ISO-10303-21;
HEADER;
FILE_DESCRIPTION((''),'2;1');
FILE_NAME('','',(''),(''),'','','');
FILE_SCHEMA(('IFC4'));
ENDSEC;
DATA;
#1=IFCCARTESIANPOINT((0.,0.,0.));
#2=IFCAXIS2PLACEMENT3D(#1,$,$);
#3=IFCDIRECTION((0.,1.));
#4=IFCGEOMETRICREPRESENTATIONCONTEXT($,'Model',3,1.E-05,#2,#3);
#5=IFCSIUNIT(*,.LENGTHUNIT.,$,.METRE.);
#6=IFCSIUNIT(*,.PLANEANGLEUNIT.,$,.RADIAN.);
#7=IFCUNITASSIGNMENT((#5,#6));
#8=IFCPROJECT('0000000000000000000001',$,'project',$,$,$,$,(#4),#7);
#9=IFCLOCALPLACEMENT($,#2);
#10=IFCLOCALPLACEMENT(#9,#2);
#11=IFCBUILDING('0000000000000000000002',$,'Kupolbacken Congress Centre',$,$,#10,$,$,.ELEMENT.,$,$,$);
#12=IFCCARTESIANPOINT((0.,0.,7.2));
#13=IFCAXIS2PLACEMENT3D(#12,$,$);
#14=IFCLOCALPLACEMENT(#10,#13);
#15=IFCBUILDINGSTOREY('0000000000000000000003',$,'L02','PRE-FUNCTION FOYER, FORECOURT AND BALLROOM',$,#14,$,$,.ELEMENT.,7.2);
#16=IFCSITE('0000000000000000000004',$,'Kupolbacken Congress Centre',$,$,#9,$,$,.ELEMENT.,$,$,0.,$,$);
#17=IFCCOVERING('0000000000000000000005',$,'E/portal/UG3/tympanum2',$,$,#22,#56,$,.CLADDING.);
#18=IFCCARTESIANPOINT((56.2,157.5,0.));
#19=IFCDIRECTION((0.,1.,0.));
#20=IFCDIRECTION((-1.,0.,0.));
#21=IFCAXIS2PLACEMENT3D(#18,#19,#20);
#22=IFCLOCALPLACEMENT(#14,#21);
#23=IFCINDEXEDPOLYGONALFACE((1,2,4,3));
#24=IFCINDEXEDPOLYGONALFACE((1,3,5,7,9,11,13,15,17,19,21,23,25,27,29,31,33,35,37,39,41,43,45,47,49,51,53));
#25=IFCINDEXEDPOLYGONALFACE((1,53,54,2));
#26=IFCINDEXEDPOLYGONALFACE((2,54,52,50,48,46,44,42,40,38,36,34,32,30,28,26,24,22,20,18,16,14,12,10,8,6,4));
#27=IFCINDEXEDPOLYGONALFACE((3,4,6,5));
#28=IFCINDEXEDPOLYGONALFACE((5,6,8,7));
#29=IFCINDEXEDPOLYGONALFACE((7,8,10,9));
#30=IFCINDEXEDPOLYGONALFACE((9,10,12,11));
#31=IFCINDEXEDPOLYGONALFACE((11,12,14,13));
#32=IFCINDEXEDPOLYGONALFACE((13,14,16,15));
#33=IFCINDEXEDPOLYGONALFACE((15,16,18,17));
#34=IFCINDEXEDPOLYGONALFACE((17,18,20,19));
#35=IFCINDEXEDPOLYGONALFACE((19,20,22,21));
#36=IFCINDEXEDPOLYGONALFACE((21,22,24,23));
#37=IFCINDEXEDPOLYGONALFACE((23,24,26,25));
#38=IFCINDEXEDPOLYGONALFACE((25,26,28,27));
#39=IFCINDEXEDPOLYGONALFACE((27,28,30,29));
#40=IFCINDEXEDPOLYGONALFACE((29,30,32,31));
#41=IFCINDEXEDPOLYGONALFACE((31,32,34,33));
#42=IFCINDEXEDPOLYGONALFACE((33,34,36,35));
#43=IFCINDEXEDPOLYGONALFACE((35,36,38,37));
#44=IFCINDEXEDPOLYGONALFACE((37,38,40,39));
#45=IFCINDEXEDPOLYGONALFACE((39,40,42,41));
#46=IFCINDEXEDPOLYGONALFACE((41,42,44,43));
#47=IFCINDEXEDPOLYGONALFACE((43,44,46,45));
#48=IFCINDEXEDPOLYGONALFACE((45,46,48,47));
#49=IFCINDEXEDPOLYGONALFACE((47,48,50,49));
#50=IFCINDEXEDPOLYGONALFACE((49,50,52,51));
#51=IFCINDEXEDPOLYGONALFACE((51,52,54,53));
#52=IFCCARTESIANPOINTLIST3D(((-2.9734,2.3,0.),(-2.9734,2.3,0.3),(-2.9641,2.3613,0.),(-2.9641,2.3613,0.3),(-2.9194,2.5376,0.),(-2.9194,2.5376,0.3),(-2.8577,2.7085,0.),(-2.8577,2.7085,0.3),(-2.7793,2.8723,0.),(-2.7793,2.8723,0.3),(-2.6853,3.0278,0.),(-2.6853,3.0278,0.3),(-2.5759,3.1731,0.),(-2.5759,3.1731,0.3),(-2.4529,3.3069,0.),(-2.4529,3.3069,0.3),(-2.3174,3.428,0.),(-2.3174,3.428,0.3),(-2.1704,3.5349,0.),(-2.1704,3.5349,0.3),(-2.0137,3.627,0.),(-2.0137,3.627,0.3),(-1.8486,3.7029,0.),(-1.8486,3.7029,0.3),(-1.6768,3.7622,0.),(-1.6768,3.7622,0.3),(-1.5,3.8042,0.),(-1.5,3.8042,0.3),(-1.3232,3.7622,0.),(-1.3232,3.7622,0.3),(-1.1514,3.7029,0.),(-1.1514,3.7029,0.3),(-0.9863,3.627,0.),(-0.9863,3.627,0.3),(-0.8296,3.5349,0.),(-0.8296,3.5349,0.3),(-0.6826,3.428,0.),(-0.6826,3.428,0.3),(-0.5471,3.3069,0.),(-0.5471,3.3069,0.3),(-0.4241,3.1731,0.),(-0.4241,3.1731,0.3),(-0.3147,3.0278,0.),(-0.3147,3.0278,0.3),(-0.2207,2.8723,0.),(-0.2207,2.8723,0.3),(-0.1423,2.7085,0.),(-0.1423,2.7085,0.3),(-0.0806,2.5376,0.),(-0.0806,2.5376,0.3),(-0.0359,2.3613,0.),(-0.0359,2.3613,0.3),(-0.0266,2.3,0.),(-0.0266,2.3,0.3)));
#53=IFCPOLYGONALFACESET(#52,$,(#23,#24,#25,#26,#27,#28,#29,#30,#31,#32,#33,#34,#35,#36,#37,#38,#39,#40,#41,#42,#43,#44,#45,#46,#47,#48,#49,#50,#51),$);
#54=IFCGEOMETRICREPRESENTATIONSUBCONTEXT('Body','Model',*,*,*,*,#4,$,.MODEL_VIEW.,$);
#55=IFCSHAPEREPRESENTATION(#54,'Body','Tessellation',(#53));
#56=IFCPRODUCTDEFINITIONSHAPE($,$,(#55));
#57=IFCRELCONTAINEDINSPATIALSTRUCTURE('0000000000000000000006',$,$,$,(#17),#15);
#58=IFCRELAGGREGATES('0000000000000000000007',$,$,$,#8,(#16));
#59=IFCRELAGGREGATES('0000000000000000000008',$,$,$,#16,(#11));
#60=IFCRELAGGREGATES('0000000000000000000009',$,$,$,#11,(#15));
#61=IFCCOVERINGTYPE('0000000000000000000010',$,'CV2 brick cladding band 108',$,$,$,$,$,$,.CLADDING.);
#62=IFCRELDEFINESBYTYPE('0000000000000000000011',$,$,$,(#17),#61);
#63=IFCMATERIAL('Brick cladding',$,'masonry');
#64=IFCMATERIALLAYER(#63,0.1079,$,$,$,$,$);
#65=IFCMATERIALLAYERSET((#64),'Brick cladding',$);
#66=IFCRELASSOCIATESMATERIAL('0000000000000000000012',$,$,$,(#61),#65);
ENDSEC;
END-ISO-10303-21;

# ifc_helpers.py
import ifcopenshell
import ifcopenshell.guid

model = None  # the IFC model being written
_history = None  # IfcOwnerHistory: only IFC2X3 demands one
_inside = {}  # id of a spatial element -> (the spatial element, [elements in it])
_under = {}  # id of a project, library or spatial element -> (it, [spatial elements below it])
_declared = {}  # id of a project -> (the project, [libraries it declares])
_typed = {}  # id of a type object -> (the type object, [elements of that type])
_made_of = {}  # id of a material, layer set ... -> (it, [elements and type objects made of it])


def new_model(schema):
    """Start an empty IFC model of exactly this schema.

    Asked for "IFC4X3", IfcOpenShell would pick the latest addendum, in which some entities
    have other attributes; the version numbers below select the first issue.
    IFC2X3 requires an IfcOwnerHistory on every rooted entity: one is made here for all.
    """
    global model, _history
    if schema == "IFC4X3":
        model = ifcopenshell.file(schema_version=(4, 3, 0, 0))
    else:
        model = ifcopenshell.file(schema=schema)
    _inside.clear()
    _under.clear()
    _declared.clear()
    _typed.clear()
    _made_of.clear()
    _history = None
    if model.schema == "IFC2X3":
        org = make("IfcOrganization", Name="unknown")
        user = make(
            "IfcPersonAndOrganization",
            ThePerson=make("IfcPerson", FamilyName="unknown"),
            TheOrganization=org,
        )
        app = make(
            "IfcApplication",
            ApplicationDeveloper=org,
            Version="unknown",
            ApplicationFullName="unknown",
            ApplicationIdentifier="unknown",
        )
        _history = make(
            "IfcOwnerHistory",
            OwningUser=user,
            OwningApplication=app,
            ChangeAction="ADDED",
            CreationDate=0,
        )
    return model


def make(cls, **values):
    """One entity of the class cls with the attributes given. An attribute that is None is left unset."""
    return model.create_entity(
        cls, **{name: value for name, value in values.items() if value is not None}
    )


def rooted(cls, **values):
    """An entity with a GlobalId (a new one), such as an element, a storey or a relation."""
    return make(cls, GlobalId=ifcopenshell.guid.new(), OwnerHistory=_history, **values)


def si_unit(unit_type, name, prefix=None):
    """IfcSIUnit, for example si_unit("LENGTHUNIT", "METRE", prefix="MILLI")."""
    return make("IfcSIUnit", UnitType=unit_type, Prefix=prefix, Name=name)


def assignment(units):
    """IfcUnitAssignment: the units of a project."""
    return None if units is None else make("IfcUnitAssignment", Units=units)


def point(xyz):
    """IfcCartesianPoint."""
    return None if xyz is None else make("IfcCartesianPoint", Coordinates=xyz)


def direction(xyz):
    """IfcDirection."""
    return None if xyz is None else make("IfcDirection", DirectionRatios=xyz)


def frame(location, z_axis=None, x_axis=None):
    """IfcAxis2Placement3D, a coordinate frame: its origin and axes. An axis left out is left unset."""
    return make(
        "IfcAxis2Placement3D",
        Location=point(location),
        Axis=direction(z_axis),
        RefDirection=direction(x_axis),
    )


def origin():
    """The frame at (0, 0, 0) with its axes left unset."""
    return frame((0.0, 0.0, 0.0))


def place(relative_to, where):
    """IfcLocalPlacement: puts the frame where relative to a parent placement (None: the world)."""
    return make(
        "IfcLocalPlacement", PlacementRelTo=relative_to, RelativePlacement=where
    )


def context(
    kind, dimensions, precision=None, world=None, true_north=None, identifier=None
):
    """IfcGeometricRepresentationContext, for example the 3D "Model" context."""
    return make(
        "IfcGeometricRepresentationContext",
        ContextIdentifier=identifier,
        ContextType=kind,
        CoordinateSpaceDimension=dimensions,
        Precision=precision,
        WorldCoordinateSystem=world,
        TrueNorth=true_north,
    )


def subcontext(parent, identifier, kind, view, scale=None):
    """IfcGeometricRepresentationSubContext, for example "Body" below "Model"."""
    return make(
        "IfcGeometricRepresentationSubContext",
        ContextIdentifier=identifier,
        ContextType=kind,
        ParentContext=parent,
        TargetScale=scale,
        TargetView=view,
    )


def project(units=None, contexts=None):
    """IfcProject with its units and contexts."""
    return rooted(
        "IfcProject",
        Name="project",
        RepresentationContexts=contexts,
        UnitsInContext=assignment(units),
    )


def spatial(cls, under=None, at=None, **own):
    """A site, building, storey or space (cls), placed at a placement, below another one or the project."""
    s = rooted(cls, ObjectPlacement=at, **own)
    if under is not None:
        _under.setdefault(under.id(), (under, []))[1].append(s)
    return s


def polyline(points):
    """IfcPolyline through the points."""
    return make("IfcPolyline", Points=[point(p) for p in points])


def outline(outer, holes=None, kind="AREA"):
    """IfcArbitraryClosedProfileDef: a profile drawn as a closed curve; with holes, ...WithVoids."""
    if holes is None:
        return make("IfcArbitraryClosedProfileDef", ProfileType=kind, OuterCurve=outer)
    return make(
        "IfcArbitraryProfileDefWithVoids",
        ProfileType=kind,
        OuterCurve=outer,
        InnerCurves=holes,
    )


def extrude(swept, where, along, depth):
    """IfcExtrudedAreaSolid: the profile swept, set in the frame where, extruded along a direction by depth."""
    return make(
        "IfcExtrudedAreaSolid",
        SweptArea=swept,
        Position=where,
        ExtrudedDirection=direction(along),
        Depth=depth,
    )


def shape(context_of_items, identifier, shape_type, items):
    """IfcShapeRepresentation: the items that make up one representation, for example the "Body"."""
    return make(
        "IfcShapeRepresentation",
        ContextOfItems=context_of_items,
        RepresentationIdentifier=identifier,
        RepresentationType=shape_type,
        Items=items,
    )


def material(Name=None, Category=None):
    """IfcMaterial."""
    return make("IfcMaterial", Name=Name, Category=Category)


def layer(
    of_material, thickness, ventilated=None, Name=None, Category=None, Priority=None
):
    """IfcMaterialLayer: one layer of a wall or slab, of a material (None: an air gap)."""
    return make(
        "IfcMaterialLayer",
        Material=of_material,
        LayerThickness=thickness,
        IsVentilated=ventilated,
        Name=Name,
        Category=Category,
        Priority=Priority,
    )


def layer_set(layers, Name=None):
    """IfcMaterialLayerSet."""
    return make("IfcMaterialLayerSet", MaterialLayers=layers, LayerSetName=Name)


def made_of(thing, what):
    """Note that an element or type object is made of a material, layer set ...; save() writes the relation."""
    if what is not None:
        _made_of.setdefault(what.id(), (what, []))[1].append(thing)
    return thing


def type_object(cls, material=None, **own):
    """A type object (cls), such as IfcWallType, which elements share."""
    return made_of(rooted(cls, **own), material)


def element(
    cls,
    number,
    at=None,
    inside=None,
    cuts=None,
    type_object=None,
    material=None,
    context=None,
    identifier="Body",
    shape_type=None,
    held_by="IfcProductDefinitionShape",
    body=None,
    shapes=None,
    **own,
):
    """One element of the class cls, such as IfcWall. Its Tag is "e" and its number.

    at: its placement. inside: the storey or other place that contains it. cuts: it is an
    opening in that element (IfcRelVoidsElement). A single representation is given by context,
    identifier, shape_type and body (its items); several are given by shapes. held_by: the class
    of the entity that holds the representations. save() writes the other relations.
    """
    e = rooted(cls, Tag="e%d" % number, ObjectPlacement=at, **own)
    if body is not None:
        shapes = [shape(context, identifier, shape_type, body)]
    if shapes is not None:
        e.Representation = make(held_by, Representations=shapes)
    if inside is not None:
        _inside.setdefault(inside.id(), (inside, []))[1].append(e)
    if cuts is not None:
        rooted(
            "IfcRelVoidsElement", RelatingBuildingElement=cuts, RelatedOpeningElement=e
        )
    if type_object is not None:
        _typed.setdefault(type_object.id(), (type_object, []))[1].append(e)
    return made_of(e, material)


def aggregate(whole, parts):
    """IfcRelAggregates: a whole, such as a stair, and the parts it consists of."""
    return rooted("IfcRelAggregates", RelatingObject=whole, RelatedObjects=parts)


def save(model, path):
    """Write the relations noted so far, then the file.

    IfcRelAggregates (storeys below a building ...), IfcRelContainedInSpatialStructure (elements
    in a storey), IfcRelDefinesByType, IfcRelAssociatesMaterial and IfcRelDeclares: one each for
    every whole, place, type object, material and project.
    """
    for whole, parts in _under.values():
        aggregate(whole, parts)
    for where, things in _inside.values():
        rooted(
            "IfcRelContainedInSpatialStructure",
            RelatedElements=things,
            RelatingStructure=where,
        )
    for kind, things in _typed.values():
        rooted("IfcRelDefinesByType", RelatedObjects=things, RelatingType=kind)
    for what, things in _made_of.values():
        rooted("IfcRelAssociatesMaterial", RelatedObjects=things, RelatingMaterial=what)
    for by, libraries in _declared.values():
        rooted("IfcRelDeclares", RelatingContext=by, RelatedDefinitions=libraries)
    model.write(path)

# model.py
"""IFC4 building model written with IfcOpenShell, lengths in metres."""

from ifc_helpers import new_model, si_unit, direction, frame, origin, place, context, subcontext, project, spatial, polyline, outline, extrude, material, layer, layer_set, type_object, element, save


model = new_model("IFC4")

# Units and contexts
model_context = context("Model", 3, precision=1e-05, world=origin(), true_north=direction((0.0, 1.0)))
body_context = subcontext(model_context, "Body", "Model", "MODEL_VIEW")
ifc_project = project(units=[si_unit("LENGTHUNIT", "METRE"), si_unit("PLANEANGLEUNIT", "RADIAN")], contexts=[model_context])

# Site, building, storey
site_placement = place(None, origin())
site = spatial("IfcSite", under=ifc_project, at=site_placement, Name="Kupolbacken Congress Centre", CompositionType="ELEMENT", RefElevation=0.0)
building_placement = place(site_placement, origin())
building = spatial("IfcBuilding", under=site, at=building_placement, Name="Kupolbacken Congress Centre", CompositionType="ELEMENT")
storey_placement = place(building_placement, frame((0.0, 0.0, 7.2)))
storey = spatial("IfcBuildingStorey", under=building, at=storey_placement, Name="L02", Description="PRE-FUNCTION FOYER, FORECOURT AND BALLROOM", CompositionType="ELEMENT", Elevation=7.2)

# Covering
ifc_material_1 = material(Name="Brick cladding", Category="masonry")
ifc_layer_1 = layer(ifc_material_1, 0.1079)
ifc_layer_set_1 = layer_set([ifc_layer_1], Name="Brick cladding")
covering_type_1 = type_object("IfcCoveringType", Name="CV2 brick cladding band 108", PredefinedType="CLADDING", material=ifc_layer_set_1)
covering_1_placement = place(storey_placement, frame((56.2, 157.5, 0.0), z_axis=(0.0, 1.0, 0.0), x_axis=(-1.0, 0.0, 0.0)))
element("IfcCovering", 1, at=covering_1_placement, inside=storey, type_object=covering_type_1, Name="E/portal/UG3/tympanum2", PredefinedType="CLADDING", context=body_context, shape_type="SweptSolid", body=[
    extrude(outline(polyline([(-0.0359, 2.3613), (-0.0806, 2.5376), (-0.1423, 2.7085), (-0.2207, 2.8723), (-0.3147, 3.0278), (-0.4241, 3.1731), (-0.5471, 3.3069), (-0.6826, 3.428), (-0.8296, 3.5349), (-0.9863, 3.627), (-1.1514, 3.7029), (-1.3232, 3.7622), (-1.5, 3.8042), (-1.6768, 3.7622), (-1.8486, 3.7029), (-2.0137, 3.627), (-2.1704, 3.5349), (-2.3174, 3.428), (-2.4529, 3.3069), (-2.5759, 3.1731), (-2.6853, 3.0278), (-2.7793, 2.8723), (-2.8577, 2.7085), (-2.9194, 2.5376), (-2.9641, 2.3613), (-2.9734, 2.3), (-0.0266, 2.3), (-0.0359, 2.3613)])), origin(), (0.0, 0.0, 1.0), 0.3),
])

save(model, "model.ifc")
